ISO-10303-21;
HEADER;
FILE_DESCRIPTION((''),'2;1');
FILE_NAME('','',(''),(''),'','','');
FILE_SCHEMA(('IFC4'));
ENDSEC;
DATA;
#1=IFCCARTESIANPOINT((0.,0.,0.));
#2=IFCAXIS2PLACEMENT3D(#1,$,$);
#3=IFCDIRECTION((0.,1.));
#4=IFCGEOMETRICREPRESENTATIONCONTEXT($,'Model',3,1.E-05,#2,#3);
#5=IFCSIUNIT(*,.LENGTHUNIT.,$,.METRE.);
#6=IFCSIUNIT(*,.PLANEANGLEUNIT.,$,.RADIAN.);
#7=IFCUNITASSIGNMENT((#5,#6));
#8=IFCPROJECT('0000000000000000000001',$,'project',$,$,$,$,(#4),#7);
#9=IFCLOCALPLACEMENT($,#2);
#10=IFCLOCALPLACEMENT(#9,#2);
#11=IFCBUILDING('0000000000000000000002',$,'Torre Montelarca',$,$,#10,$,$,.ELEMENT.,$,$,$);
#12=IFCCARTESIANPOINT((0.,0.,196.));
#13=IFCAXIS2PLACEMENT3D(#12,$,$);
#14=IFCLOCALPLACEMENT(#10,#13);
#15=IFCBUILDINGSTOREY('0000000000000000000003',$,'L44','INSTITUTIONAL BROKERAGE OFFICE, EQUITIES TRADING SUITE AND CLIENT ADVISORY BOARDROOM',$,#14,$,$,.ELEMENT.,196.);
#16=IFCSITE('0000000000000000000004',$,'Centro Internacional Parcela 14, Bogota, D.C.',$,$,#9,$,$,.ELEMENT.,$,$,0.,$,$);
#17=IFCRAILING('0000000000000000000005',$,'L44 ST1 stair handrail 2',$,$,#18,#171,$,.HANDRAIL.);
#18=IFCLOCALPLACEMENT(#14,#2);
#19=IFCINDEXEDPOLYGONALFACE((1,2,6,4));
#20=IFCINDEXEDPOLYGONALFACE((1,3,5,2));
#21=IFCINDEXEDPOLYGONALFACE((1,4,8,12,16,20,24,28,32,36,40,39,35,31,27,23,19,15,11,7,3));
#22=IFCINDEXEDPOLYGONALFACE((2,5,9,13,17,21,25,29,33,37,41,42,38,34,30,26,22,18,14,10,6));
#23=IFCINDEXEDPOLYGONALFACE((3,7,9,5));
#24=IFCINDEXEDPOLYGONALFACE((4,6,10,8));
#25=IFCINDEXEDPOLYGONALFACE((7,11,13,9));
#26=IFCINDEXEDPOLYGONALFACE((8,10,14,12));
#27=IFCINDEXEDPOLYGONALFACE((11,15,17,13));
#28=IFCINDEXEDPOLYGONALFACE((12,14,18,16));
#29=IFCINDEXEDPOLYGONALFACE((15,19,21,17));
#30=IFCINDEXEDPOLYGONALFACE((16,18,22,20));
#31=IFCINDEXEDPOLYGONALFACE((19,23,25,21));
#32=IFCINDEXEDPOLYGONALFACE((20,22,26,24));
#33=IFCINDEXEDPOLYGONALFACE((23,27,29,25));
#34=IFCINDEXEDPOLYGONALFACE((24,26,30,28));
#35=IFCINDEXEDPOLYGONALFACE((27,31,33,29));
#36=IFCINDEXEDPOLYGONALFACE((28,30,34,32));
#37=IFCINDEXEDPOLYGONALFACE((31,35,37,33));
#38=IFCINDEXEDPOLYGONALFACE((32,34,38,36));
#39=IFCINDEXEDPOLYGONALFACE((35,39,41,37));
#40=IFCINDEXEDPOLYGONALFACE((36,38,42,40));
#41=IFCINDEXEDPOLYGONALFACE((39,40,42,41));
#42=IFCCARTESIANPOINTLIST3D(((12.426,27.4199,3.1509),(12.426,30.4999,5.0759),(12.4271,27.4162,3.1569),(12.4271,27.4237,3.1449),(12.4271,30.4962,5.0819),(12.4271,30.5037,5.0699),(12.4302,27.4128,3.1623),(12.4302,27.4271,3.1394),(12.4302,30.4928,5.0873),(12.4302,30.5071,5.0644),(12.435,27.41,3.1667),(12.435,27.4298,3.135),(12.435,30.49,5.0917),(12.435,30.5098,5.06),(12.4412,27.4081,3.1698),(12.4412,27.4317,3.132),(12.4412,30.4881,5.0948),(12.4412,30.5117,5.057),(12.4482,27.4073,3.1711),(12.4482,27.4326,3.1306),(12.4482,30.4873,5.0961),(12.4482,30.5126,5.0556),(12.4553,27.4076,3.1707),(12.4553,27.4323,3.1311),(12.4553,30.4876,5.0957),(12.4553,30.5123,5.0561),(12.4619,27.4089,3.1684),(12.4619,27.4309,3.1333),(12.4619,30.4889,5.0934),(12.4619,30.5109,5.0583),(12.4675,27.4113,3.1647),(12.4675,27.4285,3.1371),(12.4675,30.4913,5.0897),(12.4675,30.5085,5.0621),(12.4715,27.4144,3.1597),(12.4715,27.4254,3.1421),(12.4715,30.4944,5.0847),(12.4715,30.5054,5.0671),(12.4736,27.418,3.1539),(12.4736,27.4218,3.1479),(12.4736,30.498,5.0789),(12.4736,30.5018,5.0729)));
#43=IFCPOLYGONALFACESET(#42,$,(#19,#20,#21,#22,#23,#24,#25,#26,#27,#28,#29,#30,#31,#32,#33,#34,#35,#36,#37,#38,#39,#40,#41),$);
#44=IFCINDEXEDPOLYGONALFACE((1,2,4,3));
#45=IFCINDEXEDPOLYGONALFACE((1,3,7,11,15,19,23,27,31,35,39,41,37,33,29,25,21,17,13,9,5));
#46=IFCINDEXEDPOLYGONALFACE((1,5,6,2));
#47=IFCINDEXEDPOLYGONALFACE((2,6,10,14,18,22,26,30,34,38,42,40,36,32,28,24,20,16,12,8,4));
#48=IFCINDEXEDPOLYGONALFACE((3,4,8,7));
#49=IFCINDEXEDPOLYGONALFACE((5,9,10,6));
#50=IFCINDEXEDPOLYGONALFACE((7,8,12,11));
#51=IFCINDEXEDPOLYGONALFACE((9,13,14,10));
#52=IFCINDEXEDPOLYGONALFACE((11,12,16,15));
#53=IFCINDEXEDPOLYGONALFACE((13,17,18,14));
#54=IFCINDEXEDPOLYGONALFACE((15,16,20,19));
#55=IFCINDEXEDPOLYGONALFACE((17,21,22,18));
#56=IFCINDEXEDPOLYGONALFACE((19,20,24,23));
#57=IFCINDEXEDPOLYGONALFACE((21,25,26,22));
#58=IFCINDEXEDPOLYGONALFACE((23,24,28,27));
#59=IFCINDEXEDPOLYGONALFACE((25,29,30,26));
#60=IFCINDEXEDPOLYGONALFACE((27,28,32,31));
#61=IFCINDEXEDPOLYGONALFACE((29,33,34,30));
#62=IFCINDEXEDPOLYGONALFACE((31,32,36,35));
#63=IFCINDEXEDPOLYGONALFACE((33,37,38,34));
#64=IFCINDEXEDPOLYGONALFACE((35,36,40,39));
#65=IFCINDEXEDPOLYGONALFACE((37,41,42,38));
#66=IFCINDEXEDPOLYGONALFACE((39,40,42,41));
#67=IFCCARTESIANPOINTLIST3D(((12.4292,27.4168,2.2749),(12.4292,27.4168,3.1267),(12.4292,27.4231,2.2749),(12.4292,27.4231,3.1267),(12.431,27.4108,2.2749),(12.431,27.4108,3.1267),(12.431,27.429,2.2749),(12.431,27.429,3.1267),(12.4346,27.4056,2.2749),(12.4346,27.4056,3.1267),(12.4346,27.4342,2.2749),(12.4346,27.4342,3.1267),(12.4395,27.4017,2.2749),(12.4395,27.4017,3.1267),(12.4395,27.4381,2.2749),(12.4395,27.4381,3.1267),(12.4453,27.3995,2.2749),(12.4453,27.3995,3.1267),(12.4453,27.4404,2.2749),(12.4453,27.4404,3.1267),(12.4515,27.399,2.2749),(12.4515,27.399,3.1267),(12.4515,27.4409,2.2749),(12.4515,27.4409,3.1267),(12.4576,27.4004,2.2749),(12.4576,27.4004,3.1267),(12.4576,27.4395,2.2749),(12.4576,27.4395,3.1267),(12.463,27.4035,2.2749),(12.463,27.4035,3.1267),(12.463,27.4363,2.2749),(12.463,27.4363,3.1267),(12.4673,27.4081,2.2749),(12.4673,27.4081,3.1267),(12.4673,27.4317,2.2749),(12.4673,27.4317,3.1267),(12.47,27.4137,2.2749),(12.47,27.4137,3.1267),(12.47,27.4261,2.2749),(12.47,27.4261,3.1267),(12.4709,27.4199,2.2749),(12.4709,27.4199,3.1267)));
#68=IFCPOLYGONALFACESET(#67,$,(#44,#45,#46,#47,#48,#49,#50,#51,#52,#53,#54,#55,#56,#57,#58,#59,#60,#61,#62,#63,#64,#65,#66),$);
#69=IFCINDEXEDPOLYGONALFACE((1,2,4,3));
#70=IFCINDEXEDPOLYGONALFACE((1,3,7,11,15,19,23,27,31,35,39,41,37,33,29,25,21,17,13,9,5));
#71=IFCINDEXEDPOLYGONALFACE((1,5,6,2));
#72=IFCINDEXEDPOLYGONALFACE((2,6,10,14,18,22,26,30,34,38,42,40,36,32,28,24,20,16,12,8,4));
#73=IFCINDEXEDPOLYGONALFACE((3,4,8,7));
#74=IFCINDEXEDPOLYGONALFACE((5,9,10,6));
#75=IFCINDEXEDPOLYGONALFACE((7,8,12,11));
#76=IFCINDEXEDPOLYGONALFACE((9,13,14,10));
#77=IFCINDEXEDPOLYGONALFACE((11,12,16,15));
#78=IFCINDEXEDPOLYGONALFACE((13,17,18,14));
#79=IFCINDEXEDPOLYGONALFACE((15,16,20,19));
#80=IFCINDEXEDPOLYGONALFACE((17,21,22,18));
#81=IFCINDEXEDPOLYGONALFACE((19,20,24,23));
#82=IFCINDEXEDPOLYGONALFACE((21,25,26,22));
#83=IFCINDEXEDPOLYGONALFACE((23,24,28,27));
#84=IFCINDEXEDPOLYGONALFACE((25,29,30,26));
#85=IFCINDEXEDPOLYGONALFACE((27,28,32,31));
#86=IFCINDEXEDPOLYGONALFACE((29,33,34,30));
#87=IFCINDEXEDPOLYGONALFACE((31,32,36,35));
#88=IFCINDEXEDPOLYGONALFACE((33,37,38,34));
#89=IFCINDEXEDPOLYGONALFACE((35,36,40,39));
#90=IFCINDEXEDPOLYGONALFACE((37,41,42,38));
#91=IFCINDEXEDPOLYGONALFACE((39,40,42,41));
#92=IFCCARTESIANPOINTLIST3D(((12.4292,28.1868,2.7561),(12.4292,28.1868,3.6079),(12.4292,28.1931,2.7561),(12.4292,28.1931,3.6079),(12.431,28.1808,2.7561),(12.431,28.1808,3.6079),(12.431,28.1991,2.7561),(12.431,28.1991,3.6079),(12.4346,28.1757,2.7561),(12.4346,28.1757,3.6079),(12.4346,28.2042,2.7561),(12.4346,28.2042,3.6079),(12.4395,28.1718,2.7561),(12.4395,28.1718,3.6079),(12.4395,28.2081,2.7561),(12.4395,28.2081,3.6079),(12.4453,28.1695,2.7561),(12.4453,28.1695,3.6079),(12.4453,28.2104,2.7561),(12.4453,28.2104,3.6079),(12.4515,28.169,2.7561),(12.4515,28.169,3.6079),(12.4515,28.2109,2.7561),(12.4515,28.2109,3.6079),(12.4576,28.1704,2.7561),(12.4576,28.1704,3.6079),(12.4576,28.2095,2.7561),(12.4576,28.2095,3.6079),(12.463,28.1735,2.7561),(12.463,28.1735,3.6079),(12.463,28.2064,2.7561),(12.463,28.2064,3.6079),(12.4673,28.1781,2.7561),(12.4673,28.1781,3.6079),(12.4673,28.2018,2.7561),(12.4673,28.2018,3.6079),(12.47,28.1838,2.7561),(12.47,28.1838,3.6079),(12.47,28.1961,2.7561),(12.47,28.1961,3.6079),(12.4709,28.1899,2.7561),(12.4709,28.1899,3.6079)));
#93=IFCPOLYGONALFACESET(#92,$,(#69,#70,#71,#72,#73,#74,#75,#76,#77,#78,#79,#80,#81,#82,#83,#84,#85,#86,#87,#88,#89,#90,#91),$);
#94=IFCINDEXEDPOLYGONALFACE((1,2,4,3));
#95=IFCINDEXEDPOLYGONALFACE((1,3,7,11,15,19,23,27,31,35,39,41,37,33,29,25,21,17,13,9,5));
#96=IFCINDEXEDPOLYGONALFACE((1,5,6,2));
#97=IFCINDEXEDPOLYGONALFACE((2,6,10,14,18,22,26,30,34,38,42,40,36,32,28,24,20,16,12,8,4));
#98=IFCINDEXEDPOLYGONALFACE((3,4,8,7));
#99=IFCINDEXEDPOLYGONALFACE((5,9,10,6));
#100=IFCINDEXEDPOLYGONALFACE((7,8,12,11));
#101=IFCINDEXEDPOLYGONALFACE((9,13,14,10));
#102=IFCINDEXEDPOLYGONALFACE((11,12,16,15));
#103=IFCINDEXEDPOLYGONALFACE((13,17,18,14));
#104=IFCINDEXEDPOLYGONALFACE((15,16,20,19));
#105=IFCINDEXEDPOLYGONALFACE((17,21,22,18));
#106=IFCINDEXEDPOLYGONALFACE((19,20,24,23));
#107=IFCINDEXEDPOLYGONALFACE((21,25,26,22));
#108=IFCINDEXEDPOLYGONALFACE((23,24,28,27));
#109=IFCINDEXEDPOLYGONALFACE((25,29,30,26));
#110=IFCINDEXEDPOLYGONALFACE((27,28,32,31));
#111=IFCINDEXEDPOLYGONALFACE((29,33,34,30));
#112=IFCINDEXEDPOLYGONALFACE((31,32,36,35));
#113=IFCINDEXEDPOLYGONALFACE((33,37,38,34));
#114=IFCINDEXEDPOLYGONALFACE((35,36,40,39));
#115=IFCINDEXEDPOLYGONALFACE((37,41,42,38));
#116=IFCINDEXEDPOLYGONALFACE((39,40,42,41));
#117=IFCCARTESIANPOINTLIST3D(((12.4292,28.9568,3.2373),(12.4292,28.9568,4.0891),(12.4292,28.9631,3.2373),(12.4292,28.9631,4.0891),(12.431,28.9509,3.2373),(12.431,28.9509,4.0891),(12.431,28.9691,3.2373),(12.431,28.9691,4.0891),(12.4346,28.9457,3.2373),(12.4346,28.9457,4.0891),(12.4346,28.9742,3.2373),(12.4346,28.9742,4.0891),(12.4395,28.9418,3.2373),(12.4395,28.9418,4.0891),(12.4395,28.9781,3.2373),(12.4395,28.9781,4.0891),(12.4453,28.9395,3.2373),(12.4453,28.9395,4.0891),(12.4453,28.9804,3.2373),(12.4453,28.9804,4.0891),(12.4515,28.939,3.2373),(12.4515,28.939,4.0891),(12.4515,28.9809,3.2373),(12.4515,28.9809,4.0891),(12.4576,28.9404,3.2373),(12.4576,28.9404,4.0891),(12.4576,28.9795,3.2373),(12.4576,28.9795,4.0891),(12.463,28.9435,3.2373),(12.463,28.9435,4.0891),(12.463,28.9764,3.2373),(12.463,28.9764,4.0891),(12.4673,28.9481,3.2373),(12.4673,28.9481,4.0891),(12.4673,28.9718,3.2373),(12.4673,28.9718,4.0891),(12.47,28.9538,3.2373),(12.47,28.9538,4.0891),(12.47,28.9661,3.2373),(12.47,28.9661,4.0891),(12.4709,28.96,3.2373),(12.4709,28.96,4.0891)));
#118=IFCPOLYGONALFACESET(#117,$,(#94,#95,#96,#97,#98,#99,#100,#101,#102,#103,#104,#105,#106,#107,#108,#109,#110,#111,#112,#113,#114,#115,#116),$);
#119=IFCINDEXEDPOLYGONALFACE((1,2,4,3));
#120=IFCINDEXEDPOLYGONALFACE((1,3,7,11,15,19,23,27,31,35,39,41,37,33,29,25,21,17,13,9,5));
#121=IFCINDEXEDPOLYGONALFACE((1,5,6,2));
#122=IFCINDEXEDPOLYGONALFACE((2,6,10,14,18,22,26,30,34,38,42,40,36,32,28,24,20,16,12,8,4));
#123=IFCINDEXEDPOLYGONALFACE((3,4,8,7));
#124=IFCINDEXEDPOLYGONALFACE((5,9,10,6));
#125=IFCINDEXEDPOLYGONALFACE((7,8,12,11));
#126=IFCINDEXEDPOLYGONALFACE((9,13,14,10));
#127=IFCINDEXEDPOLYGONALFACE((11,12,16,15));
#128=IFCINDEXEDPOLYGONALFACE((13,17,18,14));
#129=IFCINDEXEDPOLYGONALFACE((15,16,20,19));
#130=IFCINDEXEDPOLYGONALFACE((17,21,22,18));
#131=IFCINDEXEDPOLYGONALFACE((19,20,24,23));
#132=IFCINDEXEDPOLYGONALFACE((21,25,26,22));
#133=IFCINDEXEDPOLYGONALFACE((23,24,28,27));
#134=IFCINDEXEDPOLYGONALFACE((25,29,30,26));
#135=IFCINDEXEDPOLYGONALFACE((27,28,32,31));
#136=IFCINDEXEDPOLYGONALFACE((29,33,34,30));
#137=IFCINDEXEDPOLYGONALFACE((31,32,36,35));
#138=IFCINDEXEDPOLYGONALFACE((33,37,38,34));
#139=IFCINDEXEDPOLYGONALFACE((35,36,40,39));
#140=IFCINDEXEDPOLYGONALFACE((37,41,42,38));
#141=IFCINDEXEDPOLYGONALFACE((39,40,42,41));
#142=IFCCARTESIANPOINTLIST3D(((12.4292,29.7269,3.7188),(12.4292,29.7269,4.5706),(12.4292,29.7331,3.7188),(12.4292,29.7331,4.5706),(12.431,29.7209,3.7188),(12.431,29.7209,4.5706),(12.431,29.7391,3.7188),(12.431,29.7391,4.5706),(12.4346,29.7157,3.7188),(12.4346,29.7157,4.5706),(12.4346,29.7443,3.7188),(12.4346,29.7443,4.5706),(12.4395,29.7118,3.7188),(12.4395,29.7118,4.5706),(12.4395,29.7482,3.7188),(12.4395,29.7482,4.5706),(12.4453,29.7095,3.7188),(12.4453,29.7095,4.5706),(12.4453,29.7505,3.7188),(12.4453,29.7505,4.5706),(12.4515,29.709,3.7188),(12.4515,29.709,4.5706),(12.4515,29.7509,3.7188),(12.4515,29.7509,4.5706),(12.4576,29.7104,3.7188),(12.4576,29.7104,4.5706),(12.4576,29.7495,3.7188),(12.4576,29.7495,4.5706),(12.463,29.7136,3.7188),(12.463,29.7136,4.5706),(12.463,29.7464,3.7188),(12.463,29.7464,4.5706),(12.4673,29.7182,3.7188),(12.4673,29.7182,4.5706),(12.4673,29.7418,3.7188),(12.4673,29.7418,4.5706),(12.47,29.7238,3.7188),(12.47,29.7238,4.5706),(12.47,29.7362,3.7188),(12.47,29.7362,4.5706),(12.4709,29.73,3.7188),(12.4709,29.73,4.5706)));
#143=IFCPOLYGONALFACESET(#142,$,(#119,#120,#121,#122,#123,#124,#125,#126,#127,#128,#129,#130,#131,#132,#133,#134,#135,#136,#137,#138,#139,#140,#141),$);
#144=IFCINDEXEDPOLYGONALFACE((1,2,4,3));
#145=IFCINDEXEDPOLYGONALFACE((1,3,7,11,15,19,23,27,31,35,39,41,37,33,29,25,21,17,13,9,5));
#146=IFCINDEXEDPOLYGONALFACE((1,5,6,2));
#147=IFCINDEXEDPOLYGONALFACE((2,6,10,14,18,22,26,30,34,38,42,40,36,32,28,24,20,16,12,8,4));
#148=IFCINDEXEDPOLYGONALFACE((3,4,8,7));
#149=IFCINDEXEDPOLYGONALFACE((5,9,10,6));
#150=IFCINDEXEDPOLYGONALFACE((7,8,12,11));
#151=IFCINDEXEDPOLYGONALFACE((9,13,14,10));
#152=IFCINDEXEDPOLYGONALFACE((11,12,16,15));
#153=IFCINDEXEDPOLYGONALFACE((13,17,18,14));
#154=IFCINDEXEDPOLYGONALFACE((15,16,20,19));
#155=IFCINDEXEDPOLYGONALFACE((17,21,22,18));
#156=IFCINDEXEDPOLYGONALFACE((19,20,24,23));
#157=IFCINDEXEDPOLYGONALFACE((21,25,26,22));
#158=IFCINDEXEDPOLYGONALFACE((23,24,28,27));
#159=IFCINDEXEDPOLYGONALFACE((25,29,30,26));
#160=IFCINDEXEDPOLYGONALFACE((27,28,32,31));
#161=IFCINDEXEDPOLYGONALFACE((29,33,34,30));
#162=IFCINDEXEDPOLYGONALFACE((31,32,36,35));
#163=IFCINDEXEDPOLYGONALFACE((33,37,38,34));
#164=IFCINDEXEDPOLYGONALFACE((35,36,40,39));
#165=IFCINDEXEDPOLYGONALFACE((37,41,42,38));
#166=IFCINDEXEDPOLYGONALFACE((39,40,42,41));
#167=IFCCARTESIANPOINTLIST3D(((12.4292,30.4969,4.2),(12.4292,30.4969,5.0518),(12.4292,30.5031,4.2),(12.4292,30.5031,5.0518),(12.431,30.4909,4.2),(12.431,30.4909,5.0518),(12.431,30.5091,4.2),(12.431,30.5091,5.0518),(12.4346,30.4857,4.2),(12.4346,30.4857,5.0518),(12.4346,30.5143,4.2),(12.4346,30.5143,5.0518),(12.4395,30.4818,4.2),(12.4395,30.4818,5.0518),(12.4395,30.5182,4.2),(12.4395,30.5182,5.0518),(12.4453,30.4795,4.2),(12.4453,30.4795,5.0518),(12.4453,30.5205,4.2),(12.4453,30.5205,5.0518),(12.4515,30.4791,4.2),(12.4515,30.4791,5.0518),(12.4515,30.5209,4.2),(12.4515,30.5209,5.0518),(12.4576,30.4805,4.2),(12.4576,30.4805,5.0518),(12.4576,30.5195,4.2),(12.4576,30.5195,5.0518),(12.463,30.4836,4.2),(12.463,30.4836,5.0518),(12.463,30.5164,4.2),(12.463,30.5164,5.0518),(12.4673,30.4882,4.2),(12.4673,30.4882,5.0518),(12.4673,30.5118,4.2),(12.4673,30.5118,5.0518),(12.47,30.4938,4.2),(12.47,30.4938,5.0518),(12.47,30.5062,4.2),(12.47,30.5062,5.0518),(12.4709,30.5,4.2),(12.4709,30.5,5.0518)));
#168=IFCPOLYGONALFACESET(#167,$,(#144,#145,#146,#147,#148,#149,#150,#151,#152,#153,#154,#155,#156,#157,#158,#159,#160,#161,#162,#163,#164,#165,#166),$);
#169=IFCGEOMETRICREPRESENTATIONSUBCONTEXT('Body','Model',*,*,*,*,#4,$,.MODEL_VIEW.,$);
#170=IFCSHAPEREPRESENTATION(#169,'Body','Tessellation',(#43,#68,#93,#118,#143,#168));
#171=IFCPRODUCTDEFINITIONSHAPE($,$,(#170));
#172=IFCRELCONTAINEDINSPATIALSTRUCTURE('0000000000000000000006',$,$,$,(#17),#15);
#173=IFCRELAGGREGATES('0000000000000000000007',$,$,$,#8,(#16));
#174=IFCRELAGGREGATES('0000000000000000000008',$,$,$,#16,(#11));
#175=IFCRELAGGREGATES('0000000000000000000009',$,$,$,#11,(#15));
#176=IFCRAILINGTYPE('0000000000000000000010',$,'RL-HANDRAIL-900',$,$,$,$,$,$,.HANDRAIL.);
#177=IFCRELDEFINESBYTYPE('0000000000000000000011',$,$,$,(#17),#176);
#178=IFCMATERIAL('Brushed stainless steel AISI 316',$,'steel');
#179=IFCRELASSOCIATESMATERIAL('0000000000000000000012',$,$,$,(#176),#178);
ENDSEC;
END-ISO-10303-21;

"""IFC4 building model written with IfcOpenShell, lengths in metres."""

from ifc_helpers import new_model, si_unit, direction, frame, origin, origin_2d, place, context, subcontext, project, spatial, circle, extrude, material, type_object, element, save


model = new_model("IFC4")

# Units and contexts
model_context = context("Model", 3, precision=1e-05, world=origin(), true_north=direction((0.0, 1.0)))
body_context = subcontext(model_context, "Body", "Model", "MODEL_VIEW")
ifc_project = project(units=[si_unit("LENGTHUNIT", "METRE"), si_unit("PLANEANGLEUNIT", "RADIAN")], contexts=[model_context])

# Site, building, storey
site_placement = place(None, origin())
site = spatial("IfcSite", under=ifc_project, at=site_placement, Name="Centro Internacional Parcela 14, Bogota, D.C.", CompositionType="ELEMENT", RefElevation=0.0)
building_placement = place(site_placement, origin())
building = spatial("IfcBuilding", under=site, at=building_placement, Name="Torre Montelarca", CompositionType="ELEMENT")
storey_placement = place(building_placement, frame((0.0, 0.0, 196.0)))
storey = spatial("IfcBuildingStorey", under=building, at=storey_placement, Name="L44", Description="INSTITUTIONAL BROKERAGE OFFICE, EQUITIES TRADING SUITE AND CLIENT ADVISORY BOARDROOM", CompositionType="ELEMENT", Elevation=196.0)

# Shared definitions
ifc_material_1 = material(Name="Brushed stainless steel AISI 316", Category="steel")

# Railing
railing_type_1 = type_object("IfcRailingType", Name="RL-HANDRAIL-900", PredefinedType="HANDRAIL", material=ifc_material_1)
railing_1_placement = place(storey_placement, frame((12.45, 27.4199, 2.2749)))
element("IfcRailing", 1, at=railing_1_placement, inside=storey, type_object=railing_type_1, Name="L44 ST1 stair handrail 2", PredefinedType="HANDRAIL", context=body_context, shape_type="SweptSolid", body=[
    extrude(circle(Radius=0.0239, at=origin_2d()), frame((0.0, 0.0, 0.876), z_axis=(0.0, 0.847998, 0.529999), x_axis=(-1.0, 0.0, 0.0)), (0.0, 0.0, 1.0), 3.6321),
    extrude(circle(Radius=0.021, at=origin_2d()), origin(), (0.0, 0.0, 1.0), 0.8518),
    extrude(circle(Radius=0.021, at=origin_2d()), frame((0.0, 0.77, 0.4812)), (0.0, 0.0, 1.0), 0.8518),
    extrude(circle(Radius=0.021, at=origin_2d()), frame((0.0, 1.54, 0.9624)), (0.0, 0.0, 1.0), 0.8518),
    extrude(circle(Radius=0.021, at=origin_2d()), frame((0.0, 2.3101, 1.4438)), (0.0, 0.0, 1.0), 0.8518),
    extrude(circle(Radius=0.021, at=origin_2d()), frame((0.0, 3.0801, 1.925)), (0.0, 0.0, 1.0), 0.8518),
])

save(model, "model.ifc")
